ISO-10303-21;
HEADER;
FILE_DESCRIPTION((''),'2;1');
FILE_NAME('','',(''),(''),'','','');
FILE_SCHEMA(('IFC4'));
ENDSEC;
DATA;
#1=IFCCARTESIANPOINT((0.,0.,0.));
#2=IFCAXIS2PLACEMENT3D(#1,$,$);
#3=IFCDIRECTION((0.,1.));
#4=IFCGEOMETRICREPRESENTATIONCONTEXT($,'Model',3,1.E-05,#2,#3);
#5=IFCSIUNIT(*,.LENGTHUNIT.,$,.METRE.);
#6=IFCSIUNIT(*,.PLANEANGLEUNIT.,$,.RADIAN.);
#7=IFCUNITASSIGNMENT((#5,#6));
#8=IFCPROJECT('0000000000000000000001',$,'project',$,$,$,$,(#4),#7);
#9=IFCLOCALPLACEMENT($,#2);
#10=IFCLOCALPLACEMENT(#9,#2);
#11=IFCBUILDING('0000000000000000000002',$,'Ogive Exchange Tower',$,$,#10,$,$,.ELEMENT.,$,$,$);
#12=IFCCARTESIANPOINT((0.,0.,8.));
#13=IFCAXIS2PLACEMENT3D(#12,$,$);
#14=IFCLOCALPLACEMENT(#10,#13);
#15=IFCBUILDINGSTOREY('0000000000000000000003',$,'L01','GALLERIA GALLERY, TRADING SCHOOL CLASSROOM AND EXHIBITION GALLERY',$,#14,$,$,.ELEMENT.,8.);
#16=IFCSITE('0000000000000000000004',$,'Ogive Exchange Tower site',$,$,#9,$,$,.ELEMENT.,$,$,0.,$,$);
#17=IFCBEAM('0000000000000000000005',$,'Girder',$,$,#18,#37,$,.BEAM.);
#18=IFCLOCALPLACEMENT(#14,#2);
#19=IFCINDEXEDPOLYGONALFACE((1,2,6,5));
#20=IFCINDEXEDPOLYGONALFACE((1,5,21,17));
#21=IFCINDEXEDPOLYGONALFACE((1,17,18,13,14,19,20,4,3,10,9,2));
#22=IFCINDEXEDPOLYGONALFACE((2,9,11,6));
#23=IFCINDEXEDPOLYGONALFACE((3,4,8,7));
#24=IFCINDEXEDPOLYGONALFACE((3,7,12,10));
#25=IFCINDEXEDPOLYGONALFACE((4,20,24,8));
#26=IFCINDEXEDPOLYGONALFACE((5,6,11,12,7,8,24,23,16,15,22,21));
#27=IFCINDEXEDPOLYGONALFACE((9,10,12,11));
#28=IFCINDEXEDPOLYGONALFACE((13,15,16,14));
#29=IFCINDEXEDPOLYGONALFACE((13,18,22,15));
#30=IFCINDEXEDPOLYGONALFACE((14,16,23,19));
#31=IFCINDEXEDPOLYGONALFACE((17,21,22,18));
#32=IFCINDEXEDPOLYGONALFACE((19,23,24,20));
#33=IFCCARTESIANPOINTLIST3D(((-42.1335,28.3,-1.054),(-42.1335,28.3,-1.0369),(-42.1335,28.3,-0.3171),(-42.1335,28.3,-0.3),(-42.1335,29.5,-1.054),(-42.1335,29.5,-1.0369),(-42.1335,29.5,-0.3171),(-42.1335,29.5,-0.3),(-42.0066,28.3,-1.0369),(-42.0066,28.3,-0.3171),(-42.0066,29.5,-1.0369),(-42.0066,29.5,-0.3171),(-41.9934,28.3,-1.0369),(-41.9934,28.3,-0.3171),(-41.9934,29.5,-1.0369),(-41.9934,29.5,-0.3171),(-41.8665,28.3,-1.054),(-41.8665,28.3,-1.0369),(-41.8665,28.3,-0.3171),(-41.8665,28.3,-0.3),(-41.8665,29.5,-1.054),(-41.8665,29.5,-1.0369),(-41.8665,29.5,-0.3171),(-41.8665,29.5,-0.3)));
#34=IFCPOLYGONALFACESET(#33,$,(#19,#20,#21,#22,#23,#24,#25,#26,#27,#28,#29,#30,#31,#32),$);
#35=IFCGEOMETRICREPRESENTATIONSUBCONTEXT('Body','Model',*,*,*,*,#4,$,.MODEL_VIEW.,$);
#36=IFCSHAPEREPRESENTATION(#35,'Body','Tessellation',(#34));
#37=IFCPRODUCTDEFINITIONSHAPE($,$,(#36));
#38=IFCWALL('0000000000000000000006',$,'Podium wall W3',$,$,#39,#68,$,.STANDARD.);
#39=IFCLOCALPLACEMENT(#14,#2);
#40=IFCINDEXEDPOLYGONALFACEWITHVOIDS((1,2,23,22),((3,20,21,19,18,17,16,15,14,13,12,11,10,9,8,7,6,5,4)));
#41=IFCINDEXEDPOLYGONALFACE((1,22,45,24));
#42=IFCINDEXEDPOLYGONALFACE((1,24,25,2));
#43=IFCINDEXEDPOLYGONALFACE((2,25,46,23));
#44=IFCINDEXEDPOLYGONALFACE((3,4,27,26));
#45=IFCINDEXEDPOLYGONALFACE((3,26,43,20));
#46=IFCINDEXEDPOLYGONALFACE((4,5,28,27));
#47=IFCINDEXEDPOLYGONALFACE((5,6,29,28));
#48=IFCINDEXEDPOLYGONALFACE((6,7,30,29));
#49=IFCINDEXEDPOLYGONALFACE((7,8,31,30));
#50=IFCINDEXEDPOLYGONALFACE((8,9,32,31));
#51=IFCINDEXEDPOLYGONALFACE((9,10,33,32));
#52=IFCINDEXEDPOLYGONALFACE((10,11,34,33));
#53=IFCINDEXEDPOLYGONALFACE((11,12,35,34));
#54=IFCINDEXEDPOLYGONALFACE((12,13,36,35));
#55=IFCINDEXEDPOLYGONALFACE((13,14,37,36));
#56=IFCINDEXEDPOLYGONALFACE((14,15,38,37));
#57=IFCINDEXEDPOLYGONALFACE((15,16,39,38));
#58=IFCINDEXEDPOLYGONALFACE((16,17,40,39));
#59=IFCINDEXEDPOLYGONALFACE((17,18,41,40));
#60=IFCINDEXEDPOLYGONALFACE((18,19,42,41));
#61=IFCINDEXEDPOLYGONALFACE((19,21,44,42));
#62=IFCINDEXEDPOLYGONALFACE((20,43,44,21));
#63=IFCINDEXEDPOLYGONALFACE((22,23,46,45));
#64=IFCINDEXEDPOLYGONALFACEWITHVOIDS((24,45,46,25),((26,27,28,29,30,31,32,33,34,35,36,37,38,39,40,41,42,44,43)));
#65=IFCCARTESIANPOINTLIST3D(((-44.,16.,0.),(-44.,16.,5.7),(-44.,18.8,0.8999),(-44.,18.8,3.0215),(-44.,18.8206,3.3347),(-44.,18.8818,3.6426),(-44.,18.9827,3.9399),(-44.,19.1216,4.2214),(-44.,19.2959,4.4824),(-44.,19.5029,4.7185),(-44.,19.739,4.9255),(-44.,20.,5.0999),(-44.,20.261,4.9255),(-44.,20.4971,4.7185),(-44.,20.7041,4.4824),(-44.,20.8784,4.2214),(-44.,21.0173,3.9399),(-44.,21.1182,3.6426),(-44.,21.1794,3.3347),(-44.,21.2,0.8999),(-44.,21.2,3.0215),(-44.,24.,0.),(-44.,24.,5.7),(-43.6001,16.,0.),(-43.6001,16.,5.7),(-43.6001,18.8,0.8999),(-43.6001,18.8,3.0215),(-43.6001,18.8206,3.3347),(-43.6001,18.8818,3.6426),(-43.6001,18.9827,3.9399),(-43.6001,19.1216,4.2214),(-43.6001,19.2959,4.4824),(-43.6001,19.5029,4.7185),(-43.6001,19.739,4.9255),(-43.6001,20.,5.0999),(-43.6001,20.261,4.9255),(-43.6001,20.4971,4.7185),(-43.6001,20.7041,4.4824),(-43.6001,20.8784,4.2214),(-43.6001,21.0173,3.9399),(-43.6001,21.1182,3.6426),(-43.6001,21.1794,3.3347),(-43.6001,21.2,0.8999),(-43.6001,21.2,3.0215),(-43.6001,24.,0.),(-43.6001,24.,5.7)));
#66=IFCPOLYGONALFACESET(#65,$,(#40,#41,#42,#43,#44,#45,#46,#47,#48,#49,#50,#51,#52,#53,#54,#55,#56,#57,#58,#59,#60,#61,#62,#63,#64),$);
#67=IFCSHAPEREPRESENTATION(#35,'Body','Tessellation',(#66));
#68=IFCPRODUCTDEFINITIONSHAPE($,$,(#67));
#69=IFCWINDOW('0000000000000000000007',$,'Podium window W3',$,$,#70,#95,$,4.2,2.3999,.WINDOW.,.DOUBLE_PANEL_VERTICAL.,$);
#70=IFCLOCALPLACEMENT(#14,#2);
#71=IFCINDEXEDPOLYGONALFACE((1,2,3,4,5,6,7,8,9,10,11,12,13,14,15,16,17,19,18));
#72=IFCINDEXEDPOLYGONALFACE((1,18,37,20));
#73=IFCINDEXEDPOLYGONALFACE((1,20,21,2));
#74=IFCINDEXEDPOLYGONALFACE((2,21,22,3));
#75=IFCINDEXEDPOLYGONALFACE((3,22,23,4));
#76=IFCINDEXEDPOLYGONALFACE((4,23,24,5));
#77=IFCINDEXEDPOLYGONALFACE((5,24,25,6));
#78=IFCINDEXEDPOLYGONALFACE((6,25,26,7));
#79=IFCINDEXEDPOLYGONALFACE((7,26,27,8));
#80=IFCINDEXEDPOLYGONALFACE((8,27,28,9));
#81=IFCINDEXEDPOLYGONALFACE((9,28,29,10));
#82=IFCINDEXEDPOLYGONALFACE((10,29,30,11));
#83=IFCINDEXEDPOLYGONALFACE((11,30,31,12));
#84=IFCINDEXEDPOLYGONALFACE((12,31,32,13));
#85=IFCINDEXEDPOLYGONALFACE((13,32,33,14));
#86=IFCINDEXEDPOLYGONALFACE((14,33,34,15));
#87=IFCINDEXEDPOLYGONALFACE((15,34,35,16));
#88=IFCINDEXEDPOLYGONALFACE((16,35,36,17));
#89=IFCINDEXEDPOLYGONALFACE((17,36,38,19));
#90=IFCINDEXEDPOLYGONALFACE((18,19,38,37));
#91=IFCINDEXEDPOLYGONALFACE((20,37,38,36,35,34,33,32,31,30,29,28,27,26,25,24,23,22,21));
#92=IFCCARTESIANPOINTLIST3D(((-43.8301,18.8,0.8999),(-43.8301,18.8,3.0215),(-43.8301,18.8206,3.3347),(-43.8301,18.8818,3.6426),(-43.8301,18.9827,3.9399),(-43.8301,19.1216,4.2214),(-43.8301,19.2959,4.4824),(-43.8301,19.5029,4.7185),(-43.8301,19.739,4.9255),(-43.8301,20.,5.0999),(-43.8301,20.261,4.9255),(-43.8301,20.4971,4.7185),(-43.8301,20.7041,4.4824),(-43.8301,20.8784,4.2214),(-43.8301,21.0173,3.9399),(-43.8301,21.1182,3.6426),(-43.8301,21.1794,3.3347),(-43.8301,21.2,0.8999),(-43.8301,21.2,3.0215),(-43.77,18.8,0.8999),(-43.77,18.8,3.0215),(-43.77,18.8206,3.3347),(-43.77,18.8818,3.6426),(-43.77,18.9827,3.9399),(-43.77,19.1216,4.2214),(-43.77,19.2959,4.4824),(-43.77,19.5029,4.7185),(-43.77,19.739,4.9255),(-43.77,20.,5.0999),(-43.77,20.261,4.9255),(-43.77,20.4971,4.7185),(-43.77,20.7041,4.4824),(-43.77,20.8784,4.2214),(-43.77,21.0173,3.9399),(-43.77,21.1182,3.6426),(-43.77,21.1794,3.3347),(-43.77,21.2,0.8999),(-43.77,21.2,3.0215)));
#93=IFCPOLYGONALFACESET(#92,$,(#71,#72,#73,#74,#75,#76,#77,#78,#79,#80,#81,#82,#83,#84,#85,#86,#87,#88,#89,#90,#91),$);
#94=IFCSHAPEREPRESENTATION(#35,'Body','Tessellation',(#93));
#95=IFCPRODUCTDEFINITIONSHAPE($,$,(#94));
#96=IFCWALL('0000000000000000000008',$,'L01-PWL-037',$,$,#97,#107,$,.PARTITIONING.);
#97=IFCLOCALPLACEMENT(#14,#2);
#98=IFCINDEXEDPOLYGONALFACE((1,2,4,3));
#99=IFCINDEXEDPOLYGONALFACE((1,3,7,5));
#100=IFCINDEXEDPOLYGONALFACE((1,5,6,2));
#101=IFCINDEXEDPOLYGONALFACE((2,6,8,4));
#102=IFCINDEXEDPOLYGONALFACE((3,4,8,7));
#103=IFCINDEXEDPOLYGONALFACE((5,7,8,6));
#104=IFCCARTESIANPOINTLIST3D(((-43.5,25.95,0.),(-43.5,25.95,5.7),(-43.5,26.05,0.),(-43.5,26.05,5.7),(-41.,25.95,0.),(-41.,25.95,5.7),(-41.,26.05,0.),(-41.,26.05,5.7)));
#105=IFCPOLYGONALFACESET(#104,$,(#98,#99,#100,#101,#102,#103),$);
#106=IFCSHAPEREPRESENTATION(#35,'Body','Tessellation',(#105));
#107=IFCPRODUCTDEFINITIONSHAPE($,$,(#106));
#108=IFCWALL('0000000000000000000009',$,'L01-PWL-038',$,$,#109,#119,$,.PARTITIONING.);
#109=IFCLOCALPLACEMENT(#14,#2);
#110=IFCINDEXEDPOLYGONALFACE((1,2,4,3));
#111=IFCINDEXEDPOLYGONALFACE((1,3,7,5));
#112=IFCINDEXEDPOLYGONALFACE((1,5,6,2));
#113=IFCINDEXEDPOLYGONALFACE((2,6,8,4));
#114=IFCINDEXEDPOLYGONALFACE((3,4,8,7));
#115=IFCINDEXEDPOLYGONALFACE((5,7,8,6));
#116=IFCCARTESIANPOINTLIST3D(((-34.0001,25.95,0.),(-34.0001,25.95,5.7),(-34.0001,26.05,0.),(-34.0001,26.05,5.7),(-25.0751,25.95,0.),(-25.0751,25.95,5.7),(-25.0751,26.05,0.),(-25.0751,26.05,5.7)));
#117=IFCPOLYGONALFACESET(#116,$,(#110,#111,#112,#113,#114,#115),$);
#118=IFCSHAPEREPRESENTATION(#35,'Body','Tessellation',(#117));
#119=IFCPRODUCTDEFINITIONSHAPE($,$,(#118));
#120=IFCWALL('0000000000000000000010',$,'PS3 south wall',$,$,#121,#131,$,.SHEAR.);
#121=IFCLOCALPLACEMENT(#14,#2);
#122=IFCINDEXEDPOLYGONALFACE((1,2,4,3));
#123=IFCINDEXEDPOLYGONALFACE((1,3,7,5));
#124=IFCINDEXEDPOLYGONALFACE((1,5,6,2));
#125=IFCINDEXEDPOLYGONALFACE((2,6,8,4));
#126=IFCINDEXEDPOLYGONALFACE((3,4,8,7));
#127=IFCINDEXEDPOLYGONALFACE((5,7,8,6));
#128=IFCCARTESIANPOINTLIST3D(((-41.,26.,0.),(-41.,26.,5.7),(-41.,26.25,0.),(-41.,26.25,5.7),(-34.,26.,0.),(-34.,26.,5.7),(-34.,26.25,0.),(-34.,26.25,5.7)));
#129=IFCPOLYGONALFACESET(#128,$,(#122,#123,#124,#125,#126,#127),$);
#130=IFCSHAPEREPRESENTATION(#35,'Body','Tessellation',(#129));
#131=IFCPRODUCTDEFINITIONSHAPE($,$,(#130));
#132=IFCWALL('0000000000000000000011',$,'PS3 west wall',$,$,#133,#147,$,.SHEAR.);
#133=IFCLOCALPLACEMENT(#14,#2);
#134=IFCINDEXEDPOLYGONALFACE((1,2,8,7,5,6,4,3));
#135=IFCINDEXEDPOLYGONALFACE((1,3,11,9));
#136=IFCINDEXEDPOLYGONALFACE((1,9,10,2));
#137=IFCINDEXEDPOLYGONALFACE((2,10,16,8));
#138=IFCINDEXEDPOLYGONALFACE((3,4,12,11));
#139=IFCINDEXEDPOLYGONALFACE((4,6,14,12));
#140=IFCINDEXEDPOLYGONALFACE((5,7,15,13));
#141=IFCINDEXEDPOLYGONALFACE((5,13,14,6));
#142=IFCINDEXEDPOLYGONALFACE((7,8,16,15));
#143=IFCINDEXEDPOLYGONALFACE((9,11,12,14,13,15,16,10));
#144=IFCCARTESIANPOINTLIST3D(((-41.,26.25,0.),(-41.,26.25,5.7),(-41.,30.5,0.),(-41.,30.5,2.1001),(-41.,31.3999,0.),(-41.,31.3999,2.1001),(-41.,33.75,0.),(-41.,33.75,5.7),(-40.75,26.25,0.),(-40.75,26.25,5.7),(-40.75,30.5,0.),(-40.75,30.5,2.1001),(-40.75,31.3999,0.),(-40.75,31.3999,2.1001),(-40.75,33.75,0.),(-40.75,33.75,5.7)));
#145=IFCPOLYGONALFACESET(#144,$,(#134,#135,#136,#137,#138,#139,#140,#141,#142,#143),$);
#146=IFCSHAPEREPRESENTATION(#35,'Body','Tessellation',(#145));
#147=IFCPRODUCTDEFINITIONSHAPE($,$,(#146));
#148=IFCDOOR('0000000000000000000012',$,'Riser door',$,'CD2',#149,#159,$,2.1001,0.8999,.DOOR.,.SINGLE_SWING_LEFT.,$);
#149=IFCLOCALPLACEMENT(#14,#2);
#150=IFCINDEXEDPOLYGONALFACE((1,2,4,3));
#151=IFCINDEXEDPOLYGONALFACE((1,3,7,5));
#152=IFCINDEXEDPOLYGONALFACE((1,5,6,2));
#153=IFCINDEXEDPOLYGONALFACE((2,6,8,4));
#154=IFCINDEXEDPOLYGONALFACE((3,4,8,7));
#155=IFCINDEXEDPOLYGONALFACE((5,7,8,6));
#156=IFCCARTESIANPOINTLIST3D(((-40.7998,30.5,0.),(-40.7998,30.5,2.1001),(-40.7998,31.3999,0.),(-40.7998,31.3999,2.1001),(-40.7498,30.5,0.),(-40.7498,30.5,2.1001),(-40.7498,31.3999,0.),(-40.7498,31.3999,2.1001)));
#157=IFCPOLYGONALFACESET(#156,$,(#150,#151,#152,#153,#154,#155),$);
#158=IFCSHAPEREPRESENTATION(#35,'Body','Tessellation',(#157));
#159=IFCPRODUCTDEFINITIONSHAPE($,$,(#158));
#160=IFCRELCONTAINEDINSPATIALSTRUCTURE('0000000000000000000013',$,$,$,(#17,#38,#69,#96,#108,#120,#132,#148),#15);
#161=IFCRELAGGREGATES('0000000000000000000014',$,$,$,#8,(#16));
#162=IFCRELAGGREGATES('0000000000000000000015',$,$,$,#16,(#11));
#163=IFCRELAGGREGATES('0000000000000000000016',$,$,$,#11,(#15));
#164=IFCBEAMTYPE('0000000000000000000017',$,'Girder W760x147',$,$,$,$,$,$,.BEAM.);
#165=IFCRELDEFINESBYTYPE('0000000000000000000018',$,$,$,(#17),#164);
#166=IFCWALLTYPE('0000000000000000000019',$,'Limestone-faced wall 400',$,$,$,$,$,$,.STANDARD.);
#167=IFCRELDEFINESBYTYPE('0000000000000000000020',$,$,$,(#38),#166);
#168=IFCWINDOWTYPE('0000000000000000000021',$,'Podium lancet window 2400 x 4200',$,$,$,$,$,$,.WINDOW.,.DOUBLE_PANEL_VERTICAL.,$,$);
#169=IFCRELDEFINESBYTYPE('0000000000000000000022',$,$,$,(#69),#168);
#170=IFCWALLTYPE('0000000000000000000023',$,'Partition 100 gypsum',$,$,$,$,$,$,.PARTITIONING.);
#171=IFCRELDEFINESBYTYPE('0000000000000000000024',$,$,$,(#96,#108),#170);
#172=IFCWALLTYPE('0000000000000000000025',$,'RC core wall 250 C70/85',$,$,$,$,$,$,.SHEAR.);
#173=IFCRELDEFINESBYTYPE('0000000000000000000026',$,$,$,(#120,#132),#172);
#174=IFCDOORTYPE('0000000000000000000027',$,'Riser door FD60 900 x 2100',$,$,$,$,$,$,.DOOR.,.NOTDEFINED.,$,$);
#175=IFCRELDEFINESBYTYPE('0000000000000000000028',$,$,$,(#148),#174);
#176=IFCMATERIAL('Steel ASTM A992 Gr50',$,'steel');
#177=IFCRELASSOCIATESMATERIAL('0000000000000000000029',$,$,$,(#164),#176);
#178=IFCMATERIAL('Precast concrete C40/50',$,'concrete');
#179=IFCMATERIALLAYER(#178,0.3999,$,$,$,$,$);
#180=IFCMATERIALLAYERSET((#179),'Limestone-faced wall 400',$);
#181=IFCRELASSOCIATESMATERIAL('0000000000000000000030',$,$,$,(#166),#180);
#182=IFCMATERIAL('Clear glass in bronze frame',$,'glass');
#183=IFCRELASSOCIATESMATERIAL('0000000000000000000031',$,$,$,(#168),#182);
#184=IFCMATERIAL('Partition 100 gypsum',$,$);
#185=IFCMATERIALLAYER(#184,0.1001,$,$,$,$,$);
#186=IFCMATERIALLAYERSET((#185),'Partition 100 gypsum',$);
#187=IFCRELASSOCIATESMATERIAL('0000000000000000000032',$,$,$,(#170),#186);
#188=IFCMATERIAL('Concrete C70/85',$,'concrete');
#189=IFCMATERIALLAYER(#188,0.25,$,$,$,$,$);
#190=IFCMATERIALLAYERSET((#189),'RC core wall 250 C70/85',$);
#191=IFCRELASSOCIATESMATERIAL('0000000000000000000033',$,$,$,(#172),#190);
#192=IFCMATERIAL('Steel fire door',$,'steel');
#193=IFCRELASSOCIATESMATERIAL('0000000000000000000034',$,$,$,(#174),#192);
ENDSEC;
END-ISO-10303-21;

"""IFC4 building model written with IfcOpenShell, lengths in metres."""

from ifc_helpers import new_model, si_unit, direction, frame, frame_2d, origin, origin_2d, place, context, subcontext, project, spatial, polyline, rectangle, i_section, outline, extrude, material, layer, layer_set, material_profile, profile_set, type_object, element, fill, save


model = new_model("IFC4")

# Units and contexts
model_context = context("Model", 3, precision=1e-05, world=origin(), true_north=direction((0.0, 1.0)))
body_context = subcontext(model_context, "Body", "Model", "MODEL_VIEW")
ifc_project = project(units=[si_unit("LENGTHUNIT", "METRE"), si_unit("PLANEANGLEUNIT", "RADIAN")], contexts=[model_context])

# Site, building, storey
site_placement = place(None, origin())
site = spatial("IfcSite", under=ifc_project, at=site_placement, Name="Ogive Exchange Tower site", CompositionType="ELEMENT", RefElevation=0.0)
building_placement = place(site_placement, origin())
building = spatial("IfcBuilding", under=site, at=building_placement, Name="Ogive Exchange Tower", CompositionType="ELEMENT")
storey_placement = place(building_placement, frame((0.0, 0.0, 8.0)))
storey = spatial("IfcBuildingStorey", under=building, at=storey_placement, Name="L01", Description="GALLERIA GALLERY, TRADING SCHOOL CLASSROOM AND EXHIBITION GALLERY", CompositionType="ELEMENT", Elevation=8.0)

# Shared definitions
ifc_material_1 = material(Name="Concrete C70/85", Category="concrete")

# Beam
ifc_material_2 = material(Name="Steel ASTM A992 Gr50", Category="steel")
ifc_material_profile_1 = material_profile(ifc_material_2, i_section(OverallWidth=0.2671, OverallDepth=0.7539, WebThickness=0.0132, FlangeThickness=0.0171, at=origin_2d()), Name="W760x147")
ifc_profile_set_1 = profile_set([ifc_material_profile_1], Name="Steel ASTM A992 Gr50")
beam_type_1 = type_object("IfcBeamType", Name="Girder W760x147", PredefinedType="BEAM", material=ifc_profile_set_1)
beam_1_placement = place(storey_placement, frame((-42.0, 28.3, -0.677), z_axis=(0.0, 1.0, 0.0), x_axis=(-1.0, 0.0, 0.0)))
element("IfcBeam", 1, at=beam_1_placement, inside=storey, type_object=beam_type_1, Name="Girder", PredefinedType="BEAM", context=body_context, shape_type="SweptSolid", body=[
    extrude(i_section(OverallWidth=0.2671, OverallDepth=0.7539, WebThickness=0.0132, FlangeThickness=0.0171, at=origin_2d()), origin(), (0.0, 0.0, 1.0), 1.2),
])

# Wall, opening, window
ifc_material_3 = material(Name="Precast concrete C40/50", Category="concrete")
ifc_layer_1 = layer(ifc_material_3, 0.3999)
ifc_layer_set_1 = layer_set([ifc_layer_1], Name="Limestone-faced wall 400")
wall_type_1 = type_object("IfcWallType", Name="Limestone-faced wall 400", PredefinedType="STANDARD", material=ifc_layer_set_1)
wall_1_placement = place(storey_placement, frame((-43.8, 24.0, 0.0), z_axis=(0.0, 0.0, 1.0), x_axis=(0.0, -1.0, 0.0)))
wall_1 = element("IfcWall", 2, at=wall_1_placement, inside=storey, type_object=wall_type_1, Name="Podium wall W3", PredefinedType="STANDARD", context=body_context, shape_type="SweptSolid", body=[
    extrude(rectangle(XDim=8.0, YDim=0.3999, at=frame_2d((4.0, 0.0))), origin(), (0.0, 0.0, 1.0), 5.7),
])
opening_1_placement = place(wall_1_placement, frame((2.8, 0.0, 0.8999)))
opening_1 = element("IfcOpeningElement", 3, at=opening_1_placement, cuts=wall_1, PredefinedType="OPENING", context=body_context, shape_type="SweptSolid", body=[
    extrude(outline(polyline([(0.0, 0.0), (2.3999, 0.0), (2.3999, 2.1216), (2.3794, 2.4348), (2.3181, 2.7427), (2.2173, 3.04), (2.0784, 3.3215), (1.9041, 3.5825), (1.697, 3.8186), (1.4609, 4.0256), (1.2, 4.2), (0.939, 4.0256), (0.7029, 3.8186), (0.4958, 3.5825), (0.3215, 3.3215), (0.1826, 3.04), (0.0818, 2.7427), (0.0205, 2.4348), (0.0, 2.1216), (0.0, 0.0)])), frame((0.0, 0.21, 0.0), z_axis=(0.0, -1.0, 0.0), x_axis=(1.0, 0.0, 0.0)), (0.0, 0.0, 1.0), 0.4199),
])
ifc_material_4 = material(Name="Clear glass in bronze frame", Category="glass")
window_type = type_object("IfcWindowType", Name="Podium lancet window 2400 x 4200", PartitioningType="DOUBLE_PANEL_VERTICAL", PredefinedType="WINDOW", material=ifc_material_4)
window_placement = place(opening_1_placement, origin())
window = element("IfcWindow", 4, at=window_placement, inside=storey, type_object=window_type, Name="Podium window W3", OverallHeight=4.2, OverallWidth=2.3999, PartitioningType="DOUBLE_PANEL_VERTICAL", PredefinedType="WINDOW", context=body_context, shape_type="SweptSolid", body=[
    extrude(outline(polyline([(0.0, 0.0), (2.3999, 0.0), (2.3999, 2.1216), (2.3794, 2.4348), (2.3181, 2.7427), (2.2173, 3.04), (2.0784, 3.3215), (1.9041, 3.5825), (1.697, 3.8186), (1.4609, 4.0256), (1.2, 4.2), (0.939, 4.0256), (0.7029, 3.8186), (0.4958, 3.5825), (0.3215, 3.3215), (0.1826, 3.04), (0.0818, 2.7427), (0.0205, 2.4348), (0.0, 2.1216), (0.0, 0.0)])), frame((0.0, 0.03, 0.0), z_axis=(0.0, -1.0, 0.0), x_axis=(1.0, 0.0, 0.0)), (0.0, 0.0, 1.0), 0.0601),
])
fill(opening_1, window)

# Walls
ifc_material_5 = material(Name="Partition 100 gypsum")
ifc_layer_2 = layer(ifc_material_5, 0.1001)
ifc_layer_set_2 = layer_set([ifc_layer_2], Name="Partition 100 gypsum")
wall_type_2 = type_object("IfcWallType", Name="Partition 100 gypsum", PredefinedType="PARTITIONING", material=ifc_layer_set_2)
wall_2_placement = place(storey_placement, frame((-43.5, 26.0, 0.0), z_axis=(0.0, 0.0, 1.0), x_axis=(1.0, 0.0, 0.0)))
element("IfcWall", 5, at=wall_2_placement, inside=storey, type_object=wall_type_2, Name="L01-PWL-037", PredefinedType="PARTITIONING", context=body_context, shape_type="SweptSolid", body=[
    extrude(rectangle(XDim=2.5, YDim=0.1001, at=frame_2d((1.25, 0.0))), origin(), (0.0, 0.0, 1.0), 5.7),
])
wall_3_placement = place(storey_placement, frame((-34.0, 26.0, 0.0), z_axis=(0.0, 0.0, 1.0), x_axis=(1.0, 0.0, 0.0)))
element("IfcWall", 6, at=wall_3_placement, inside=storey, type_object=wall_type_2, Name="L01-PWL-038", PredefinedType="PARTITIONING", context=body_context, shape_type="SweptSolid", body=[
    extrude(rectangle(XDim=8.925, YDim=0.1001, at=frame_2d((4.4624, 0.0))), origin(), (0.0, 0.0, 1.0), 5.7),
])
ifc_layer_3 = layer(ifc_material_1, 0.25)
ifc_layer_set_3 = layer_set([ifc_layer_3], Name="RC core wall 250 C70/85")
wall_type_3 = type_object("IfcWallType", Name="RC core wall 250 C70/85", PredefinedType="SHEAR", material=ifc_layer_set_3)
wall_4_placement = place(storey_placement, frame((-41.0, 26.125, 0.0), z_axis=(0.0, 0.0, 1.0), x_axis=(1.0, 0.0, 0.0)))
element("IfcWall", 7, at=wall_4_placement, inside=storey, type_object=wall_type_3, Name="PS3 south wall", PredefinedType="SHEAR", context=body_context, shape_type="SweptSolid", body=[
    extrude(rectangle(XDim=7.0, YDim=0.25, at=frame_2d((3.5, 0.0))), origin(), (0.0, 0.0, 1.0), 5.7),
])

# Wall, opening, door
wall_5_placement = place(storey_placement, frame((-40.875, 26.25, 0.0), z_axis=(0.0, 0.0, 1.0), x_axis=(0.0, 1.0, 0.0)))
wall_5 = element("IfcWall", 8, at=wall_5_placement, inside=storey, type_object=wall_type_3, Name="PS3 west wall", PredefinedType="SHEAR", context=body_context, shape_type="SweptSolid", body=[
    extrude(rectangle(XDim=7.5, YDim=0.25, at=frame_2d((3.75, 0.0))), origin(), (0.0, 0.0, 1.0), 5.7),
])
opening_2_placement = place(wall_5_placement, frame((4.25, 0.0, 0.0)))
opening_2 = element("IfcOpeningElement", 9, at=opening_2_placement, cuts=wall_5, PredefinedType="OPENING", context=body_context, shape_type="SweptSolid", body=[
    extrude(rectangle(XDim=0.8999, YDim=2.1001, at=frame_2d((0.45, 1.05))), frame((0.0, 0.135, 0.0), z_axis=(0.0, -1.0, 0.0), x_axis=(1.0, 0.0, 0.0)), (0.0, 0.0, 1.0), 0.27),
])
ifc_material_6 = material(Name="Steel fire door", Category="steel")
door_type_1 = type_object("IfcDoorType", Name="Riser door FD60 900 x 2100", OperationType="NOTDEFINED", PredefinedType="DOOR", material=ifc_material_6)
door_1_placement = place(opening_2_placement, origin())
door_1 = element("IfcDoor", 10, at=door_1_placement, inside=storey, type_object=door_type_1, Name="Riser door", ObjectType="CD2", OperationType="SINGLE_SWING_LEFT", OverallHeight=2.1001, OverallWidth=0.8999, PredefinedType="DOOR", context=body_context, shape_type="SweptSolid", body=[
    extrude(rectangle(XDim=0.8999, YDim=2.1001, at=frame_2d((0.45, 1.05))), frame((0.0, -0.0752, 0.0), z_axis=(0.0, -1.0, 0.0), x_axis=(1.0, 0.0, 0.0)), (0.0, 0.0, 1.0), 0.05),
])
fill(opening_2, door_1)

save(model, "model.ifc")
